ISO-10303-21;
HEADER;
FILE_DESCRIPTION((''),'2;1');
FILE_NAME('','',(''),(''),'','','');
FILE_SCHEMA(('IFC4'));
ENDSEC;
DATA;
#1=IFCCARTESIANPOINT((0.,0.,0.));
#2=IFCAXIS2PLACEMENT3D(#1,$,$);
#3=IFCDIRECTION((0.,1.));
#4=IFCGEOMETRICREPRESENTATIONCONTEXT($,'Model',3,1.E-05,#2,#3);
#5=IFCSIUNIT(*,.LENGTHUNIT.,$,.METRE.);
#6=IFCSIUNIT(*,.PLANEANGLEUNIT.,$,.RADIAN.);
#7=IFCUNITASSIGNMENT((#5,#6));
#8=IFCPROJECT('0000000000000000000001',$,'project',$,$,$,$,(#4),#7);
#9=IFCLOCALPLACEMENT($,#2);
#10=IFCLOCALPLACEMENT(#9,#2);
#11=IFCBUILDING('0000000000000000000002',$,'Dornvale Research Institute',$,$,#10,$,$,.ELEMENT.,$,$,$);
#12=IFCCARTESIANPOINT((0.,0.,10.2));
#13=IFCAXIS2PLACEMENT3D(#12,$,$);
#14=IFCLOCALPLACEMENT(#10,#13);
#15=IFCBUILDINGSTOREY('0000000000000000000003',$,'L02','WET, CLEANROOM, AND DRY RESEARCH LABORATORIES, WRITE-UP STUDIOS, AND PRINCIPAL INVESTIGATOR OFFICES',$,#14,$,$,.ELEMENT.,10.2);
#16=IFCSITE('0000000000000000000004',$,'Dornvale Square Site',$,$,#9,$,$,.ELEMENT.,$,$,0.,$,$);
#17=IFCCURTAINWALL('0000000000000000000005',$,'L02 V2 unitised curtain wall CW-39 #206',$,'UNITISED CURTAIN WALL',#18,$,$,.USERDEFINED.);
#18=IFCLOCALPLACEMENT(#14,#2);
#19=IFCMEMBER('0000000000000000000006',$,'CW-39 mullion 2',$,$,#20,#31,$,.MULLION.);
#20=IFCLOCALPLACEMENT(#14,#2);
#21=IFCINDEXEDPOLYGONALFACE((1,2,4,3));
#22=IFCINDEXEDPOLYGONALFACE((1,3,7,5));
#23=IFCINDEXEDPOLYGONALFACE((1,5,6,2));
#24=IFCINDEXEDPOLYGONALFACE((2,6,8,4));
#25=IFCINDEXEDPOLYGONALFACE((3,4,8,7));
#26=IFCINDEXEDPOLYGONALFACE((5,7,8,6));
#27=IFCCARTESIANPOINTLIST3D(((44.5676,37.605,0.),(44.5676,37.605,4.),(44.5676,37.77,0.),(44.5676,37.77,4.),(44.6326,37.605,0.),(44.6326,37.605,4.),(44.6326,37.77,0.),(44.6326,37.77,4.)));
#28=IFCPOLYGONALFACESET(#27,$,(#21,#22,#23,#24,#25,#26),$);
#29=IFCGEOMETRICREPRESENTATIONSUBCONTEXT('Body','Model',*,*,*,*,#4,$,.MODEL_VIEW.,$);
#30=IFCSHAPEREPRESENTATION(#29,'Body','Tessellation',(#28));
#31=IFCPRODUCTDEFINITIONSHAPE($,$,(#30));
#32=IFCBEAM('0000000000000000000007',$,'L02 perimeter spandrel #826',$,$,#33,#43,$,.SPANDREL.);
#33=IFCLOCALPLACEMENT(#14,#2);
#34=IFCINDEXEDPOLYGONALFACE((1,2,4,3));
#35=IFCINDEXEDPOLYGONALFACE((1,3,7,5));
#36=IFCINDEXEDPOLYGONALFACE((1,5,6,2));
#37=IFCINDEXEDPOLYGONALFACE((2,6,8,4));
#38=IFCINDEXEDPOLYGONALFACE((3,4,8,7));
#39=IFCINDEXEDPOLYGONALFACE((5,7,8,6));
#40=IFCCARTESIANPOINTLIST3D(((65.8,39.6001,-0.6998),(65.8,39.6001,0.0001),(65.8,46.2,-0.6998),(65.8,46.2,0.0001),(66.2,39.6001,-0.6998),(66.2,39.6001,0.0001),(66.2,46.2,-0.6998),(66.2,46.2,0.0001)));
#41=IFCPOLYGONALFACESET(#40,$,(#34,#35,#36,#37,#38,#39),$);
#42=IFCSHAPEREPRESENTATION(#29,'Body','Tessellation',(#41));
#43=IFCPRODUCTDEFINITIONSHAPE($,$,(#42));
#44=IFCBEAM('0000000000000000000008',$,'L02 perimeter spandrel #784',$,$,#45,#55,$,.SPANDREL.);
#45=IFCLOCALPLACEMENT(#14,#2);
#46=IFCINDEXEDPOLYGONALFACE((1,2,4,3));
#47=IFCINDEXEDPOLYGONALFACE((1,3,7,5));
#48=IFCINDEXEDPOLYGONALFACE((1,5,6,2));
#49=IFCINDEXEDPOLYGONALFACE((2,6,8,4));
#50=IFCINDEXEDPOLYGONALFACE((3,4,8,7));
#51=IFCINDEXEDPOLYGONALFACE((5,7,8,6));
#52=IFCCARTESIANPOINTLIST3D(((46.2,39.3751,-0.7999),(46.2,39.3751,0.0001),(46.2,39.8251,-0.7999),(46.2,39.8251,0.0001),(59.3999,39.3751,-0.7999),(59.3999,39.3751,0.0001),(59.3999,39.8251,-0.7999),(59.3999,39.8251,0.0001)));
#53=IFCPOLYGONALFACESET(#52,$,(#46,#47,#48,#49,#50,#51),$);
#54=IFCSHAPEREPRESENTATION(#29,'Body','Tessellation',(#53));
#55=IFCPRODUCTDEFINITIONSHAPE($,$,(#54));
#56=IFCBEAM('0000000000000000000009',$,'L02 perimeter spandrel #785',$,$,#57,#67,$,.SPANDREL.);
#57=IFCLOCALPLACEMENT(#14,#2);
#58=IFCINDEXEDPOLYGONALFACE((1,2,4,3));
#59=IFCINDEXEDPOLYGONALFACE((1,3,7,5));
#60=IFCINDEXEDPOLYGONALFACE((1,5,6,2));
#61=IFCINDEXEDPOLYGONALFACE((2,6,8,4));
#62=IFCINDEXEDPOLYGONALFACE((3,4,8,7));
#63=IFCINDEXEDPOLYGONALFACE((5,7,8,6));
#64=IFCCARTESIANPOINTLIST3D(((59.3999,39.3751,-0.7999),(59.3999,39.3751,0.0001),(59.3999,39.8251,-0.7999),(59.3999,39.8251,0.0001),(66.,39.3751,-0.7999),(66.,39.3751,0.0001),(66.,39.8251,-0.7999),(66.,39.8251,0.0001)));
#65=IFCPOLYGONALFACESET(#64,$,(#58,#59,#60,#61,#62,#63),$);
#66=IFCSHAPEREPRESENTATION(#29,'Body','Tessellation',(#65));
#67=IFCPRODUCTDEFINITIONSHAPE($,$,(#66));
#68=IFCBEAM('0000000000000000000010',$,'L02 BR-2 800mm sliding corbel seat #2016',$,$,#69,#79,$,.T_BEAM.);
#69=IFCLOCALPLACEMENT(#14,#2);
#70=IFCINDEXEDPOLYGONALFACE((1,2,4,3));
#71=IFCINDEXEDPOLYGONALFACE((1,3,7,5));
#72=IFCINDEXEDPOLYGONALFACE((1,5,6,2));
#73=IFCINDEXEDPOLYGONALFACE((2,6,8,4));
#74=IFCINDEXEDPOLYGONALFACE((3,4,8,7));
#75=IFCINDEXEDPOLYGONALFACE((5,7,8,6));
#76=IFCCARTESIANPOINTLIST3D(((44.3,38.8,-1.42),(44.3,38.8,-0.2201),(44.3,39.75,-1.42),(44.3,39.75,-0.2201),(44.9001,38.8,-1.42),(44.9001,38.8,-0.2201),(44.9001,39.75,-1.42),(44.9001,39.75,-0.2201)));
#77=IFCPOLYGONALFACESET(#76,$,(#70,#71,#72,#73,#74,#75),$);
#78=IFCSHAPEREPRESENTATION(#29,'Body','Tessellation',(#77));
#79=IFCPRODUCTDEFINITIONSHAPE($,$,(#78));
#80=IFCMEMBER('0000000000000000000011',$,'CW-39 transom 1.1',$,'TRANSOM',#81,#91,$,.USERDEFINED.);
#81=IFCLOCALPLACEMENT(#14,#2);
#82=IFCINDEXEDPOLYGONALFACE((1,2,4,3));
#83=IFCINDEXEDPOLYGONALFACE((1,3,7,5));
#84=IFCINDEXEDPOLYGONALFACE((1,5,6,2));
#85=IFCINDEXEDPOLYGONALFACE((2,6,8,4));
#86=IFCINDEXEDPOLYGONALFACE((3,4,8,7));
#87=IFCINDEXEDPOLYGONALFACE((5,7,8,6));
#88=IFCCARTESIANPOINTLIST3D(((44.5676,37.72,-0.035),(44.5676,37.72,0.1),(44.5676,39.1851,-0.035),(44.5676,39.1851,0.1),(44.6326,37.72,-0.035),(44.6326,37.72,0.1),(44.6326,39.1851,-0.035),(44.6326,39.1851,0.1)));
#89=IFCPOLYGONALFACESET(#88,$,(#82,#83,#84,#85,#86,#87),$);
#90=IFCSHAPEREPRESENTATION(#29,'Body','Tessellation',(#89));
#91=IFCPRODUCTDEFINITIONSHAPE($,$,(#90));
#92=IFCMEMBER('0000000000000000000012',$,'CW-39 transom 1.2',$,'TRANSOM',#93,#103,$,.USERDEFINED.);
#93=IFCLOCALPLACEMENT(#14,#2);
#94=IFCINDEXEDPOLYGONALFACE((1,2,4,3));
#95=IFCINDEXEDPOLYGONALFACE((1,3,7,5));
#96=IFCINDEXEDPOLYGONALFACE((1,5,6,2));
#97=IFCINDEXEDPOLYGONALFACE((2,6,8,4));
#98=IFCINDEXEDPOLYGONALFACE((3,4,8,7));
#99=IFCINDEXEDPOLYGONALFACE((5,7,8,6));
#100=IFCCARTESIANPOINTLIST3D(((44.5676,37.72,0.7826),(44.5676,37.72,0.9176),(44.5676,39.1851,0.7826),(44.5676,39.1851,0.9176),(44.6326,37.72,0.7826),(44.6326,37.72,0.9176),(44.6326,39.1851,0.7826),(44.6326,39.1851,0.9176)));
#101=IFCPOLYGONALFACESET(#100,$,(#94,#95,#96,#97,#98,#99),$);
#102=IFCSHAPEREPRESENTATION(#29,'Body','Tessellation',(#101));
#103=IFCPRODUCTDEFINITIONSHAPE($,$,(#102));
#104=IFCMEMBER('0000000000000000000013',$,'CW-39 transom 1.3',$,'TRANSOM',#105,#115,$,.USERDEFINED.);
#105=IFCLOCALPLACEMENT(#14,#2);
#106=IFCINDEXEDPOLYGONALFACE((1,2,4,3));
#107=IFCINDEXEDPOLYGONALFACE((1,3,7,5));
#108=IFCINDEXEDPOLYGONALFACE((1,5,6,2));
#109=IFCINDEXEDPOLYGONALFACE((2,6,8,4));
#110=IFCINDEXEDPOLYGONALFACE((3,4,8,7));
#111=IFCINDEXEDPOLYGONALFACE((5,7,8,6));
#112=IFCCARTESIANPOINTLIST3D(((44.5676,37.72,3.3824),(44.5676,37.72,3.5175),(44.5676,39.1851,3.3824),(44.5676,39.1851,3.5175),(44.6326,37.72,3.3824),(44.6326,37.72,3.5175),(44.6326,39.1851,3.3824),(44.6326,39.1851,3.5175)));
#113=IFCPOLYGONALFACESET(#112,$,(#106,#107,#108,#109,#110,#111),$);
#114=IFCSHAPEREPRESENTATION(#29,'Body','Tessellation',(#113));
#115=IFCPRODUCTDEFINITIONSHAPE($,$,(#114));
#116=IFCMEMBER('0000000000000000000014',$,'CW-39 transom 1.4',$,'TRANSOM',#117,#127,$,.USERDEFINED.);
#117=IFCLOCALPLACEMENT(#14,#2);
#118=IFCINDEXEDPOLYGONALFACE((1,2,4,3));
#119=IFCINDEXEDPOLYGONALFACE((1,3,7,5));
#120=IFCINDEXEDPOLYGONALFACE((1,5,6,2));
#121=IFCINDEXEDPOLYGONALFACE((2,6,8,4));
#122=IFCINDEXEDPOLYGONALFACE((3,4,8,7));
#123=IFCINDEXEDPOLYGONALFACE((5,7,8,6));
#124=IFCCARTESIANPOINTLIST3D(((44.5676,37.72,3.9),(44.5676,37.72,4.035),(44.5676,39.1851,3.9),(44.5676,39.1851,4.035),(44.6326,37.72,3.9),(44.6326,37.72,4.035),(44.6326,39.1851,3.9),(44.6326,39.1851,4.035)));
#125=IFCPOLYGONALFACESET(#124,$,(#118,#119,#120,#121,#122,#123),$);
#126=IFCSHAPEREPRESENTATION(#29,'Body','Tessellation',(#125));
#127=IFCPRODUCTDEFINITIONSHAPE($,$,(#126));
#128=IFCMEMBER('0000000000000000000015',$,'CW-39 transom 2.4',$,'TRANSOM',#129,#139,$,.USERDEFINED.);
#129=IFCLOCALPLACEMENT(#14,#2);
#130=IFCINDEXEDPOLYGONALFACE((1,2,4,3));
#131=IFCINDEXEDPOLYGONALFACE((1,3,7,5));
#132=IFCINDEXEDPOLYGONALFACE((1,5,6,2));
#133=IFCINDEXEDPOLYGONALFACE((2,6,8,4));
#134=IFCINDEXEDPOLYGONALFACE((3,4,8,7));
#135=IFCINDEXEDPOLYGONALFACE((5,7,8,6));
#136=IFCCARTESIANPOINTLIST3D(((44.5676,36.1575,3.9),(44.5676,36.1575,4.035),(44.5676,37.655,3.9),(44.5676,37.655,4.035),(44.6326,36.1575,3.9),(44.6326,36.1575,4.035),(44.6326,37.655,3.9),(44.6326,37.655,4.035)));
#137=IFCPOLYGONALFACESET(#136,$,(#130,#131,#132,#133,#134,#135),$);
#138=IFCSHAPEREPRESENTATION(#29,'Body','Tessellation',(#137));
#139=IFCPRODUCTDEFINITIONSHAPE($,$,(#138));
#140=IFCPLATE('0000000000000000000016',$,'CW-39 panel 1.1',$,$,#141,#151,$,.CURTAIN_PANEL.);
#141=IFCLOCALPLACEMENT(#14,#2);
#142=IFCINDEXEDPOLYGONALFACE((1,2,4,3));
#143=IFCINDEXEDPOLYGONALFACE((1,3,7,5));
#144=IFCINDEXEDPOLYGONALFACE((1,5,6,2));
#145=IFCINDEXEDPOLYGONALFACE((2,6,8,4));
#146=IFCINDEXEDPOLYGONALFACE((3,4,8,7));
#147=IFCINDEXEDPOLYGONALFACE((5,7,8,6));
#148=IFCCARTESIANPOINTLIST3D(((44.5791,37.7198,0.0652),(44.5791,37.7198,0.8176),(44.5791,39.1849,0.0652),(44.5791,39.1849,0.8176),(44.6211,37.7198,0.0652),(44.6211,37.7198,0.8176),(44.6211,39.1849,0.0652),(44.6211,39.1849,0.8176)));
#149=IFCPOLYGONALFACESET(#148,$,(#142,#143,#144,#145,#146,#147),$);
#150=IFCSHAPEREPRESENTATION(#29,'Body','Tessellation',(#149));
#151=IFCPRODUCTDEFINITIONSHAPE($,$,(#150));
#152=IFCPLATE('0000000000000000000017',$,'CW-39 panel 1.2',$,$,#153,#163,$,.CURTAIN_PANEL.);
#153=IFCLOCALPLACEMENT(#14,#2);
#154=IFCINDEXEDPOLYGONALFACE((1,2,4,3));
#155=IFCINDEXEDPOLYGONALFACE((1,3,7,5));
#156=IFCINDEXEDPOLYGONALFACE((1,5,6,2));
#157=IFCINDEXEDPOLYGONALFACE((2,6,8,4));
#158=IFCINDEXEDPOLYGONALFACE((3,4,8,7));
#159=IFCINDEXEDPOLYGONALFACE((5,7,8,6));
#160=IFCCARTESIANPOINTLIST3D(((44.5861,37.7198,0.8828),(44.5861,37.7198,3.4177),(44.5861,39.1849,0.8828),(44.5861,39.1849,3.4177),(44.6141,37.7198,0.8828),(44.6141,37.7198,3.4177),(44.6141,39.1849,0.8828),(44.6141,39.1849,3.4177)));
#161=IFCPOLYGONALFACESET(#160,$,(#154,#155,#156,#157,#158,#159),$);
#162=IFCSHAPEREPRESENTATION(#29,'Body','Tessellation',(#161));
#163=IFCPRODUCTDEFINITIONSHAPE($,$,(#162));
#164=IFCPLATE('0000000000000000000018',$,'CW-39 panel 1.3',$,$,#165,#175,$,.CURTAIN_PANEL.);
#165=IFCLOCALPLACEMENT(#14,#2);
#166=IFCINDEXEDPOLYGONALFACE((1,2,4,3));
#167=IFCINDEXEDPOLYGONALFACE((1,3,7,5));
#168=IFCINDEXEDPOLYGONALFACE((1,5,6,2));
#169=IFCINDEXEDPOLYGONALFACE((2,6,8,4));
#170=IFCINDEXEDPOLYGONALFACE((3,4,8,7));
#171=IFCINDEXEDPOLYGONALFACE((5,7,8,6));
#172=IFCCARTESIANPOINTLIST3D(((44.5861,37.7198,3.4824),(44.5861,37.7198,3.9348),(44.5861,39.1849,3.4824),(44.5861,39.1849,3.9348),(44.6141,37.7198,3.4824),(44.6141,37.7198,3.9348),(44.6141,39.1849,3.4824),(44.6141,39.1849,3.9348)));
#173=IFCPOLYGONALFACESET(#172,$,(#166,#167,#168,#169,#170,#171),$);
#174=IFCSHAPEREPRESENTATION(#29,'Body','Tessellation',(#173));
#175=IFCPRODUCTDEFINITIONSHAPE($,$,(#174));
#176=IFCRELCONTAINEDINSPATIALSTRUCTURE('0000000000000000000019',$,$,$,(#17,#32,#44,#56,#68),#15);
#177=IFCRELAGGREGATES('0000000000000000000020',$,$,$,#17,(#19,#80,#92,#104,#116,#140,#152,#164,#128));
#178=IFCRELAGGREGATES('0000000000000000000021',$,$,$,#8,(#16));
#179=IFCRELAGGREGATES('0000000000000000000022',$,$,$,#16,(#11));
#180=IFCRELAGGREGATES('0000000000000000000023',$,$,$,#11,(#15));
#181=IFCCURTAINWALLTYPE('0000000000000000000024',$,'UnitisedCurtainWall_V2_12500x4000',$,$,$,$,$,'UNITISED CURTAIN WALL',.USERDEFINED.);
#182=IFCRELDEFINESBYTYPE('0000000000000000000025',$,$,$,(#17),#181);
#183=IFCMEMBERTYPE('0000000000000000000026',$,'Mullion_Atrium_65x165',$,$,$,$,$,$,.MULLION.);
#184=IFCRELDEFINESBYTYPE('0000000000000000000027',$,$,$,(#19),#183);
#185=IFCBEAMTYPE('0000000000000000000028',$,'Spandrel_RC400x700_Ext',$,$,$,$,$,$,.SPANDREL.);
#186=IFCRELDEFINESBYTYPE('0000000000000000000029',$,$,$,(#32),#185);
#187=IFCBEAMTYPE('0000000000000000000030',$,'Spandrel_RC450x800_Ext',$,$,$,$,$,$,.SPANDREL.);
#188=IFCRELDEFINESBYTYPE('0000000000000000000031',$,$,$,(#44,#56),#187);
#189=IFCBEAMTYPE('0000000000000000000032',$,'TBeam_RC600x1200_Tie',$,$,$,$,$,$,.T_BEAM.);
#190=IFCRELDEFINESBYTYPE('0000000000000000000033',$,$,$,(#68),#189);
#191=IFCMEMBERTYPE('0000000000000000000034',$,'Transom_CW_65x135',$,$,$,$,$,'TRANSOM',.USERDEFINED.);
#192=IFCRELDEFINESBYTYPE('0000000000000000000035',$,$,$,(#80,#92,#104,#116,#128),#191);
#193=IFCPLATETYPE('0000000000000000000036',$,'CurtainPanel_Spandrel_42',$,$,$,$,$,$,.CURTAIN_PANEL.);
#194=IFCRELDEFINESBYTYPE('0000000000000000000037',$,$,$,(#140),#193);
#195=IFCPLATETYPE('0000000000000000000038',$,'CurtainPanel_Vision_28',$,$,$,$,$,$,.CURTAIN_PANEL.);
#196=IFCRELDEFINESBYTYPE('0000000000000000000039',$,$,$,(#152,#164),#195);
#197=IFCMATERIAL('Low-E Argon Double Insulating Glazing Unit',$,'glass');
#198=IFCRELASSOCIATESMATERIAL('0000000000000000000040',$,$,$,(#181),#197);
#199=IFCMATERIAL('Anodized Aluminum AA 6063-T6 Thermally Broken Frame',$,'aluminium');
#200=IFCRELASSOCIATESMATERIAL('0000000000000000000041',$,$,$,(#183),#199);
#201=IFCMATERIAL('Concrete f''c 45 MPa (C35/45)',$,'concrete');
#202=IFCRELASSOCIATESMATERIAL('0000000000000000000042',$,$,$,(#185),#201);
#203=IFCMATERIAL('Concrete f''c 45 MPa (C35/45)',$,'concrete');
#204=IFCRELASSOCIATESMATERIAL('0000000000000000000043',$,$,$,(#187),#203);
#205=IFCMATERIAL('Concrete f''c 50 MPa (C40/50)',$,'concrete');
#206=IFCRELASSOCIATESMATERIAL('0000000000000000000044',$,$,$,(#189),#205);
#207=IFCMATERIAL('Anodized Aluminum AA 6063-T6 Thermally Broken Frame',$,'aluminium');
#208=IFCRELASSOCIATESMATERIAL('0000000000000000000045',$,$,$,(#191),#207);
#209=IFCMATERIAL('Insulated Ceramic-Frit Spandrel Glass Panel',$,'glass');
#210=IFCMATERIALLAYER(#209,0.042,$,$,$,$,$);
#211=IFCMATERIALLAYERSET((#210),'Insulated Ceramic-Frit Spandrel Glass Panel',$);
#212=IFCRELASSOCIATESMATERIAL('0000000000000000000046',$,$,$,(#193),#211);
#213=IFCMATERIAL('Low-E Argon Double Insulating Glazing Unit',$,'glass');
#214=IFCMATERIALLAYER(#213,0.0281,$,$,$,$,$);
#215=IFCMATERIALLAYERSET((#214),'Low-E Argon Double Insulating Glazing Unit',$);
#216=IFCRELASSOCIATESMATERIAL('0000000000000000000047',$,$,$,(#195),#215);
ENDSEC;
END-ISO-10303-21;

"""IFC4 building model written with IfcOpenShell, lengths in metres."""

from ifc_helpers import new_model, si_unit, direction, frame, origin, origin_2d, place, context, subcontext, project, spatial, rectangle, extrude, material, layer, layer_set, material_profile, profile_set, type_object, element, aggregate, save


model = new_model("IFC4")

# Units and contexts
model_context = context("Model", 3, precision=1e-05, world=origin(), true_north=direction((0.0, 1.0)))
body_context = subcontext(model_context, "Body", "Model", "MODEL_VIEW")
ifc_project = project(units=[si_unit("LENGTHUNIT", "METRE"), si_unit("PLANEANGLEUNIT", "RADIAN")], contexts=[model_context])

# Site, building, storey
site_placement = place(None, origin())
site = spatial("IfcSite", under=ifc_project, at=site_placement, Name="Dornvale Square Site", CompositionType="ELEMENT", RefElevation=0.0)
building_placement = place(site_placement, origin())
building = spatial("IfcBuilding", under=site, at=building_placement, Name="Dornvale Research Institute", CompositionType="ELEMENT")
storey_placement = place(building_placement, frame((0.0, 0.0, 10.2)))
storey = spatial("IfcBuildingStorey", under=building, at=storey_placement, Name="L02", Description="WET, CLEANROOM, AND DRY RESEARCH LABORATORIES, WRITE-UP STUDIOS, AND PRINCIPAL INVESTIGATOR OFFICES", CompositionType="ELEMENT", Elevation=10.2)

# Curtain wall, member
ifc_material_1 = material(Name="Low-E Argon Double Insulating Glazing Unit", Category="glass")
curtain_wall_type = type_object("IfcCurtainWallType", Name="UnitisedCurtainWall_V2_12500x4000", ElementType="UNITISED CURTAIN WALL", PredefinedType="USERDEFINED", material=ifc_material_1)
curtain_wall_placement = place(storey_placement, origin())
curtain_wall = element("IfcCurtainWall", 1, at=curtain_wall_placement, inside=storey, type_object=curtain_wall_type, Name="L02 V2 unitised curtain wall CW-39 #206", ObjectType="UNITISED CURTAIN WALL", PredefinedType="USERDEFINED")
ifc_material_2 = material(Name="Anodized Aluminum AA 6063-T6 Thermally Broken Frame", Category="aluminium")
ifc_material_profile_1 = material_profile(ifc_material_2, rectangle(XDim=0.0649, YDim=0.165, at=origin_2d()), Name="ALU MULLION 65x165")
ifc_profile_set_1 = profile_set([ifc_material_profile_1], Name="Anodized Aluminum AA 6063-T6 Thermally Broken Frame")
member_type_1 = type_object("IfcMemberType", Name="Mullion_Atrium_65x165", PredefinedType="MULLION", material=ifc_profile_set_1)
member_1_placement = place(storey_placement, frame((44.6001, 37.6875, 0.0), z_axis=(0.0, 0.0, 1.0), x_axis=(1.0, 0.0, 0.0)))
member_1 = element("IfcMember", 2, at=member_1_placement, type_object=member_type_1, Name="CW-39 mullion 2", PredefinedType="MULLION", context=body_context, shape_type="SweptSolid", body=[
    extrude(rectangle(XDim=0.0649, YDim=0.165, at=origin_2d()), origin(), (0.0, 0.0, 1.0), 4.0),
])

# Beams
ifc_material_3 = material(Name="Concrete f'c 45 MPa (C35/45)", Category="concrete")
ifc_material_profile_2 = material_profile(ifc_material_3, rectangle(XDim=0.3999, YDim=0.7, at=origin_2d()), Name="RC 400x700")
ifc_profile_set_2 = profile_set([ifc_material_profile_2], Name="Concrete f'c 45 MPa (C35/45)")
beam_type_1 = type_object("IfcBeamType", Name="Spandrel_RC400x700_Ext", PredefinedType="SPANDREL", material=ifc_profile_set_2)
beam_1_placement = place(storey_placement, frame((66.0, 39.6001, -0.3499), z_axis=(0.0, 1.0, 0.0), x_axis=(-1.0, 0.0, 0.0)))
element("IfcBeam", 3, at=beam_1_placement, inside=storey, type_object=beam_type_1, Name="L02 perimeter spandrel #826", PredefinedType="SPANDREL", context=body_context, shape_type="SweptSolid", body=[
    extrude(rectangle(XDim=0.3999, YDim=0.7, at=origin_2d()), origin(), (0.0, 0.0, 1.0), 6.5999),
])
ifc_material_4 = material(Name="Concrete f'c 45 MPa (C35/45)", Category="concrete")
ifc_material_profile_3 = material_profile(ifc_material_4, rectangle(XDim=0.45, YDim=0.8, at=origin_2d()), Name="RC 450x800")
ifc_profile_set_3 = profile_set([ifc_material_profile_3], Name="Concrete f'c 45 MPa (C35/45)")
beam_type_2 = type_object("IfcBeamType", Name="Spandrel_RC450x800_Ext", PredefinedType="SPANDREL", material=ifc_profile_set_3)
beam_2_placement = place(storey_placement, frame((46.2, 39.6001, -0.3999), z_axis=(1.0, 0.0, 0.0), x_axis=(0.0, 1.0, 0.0)))
element("IfcBeam", 4, at=beam_2_placement, inside=storey, type_object=beam_type_2, Name="L02 perimeter spandrel #784", PredefinedType="SPANDREL", context=body_context, shape_type="SweptSolid", body=[
    extrude(rectangle(XDim=0.45, YDim=0.8, at=origin_2d()), origin(), (0.0, 0.0, 1.0), 13.2),
])
beam_3_placement = place(storey_placement, frame((59.3999, 39.6001, -0.3999), z_axis=(1.0, 0.0, 0.0), x_axis=(0.0, 1.0, 0.0)))
element("IfcBeam", 5, at=beam_3_placement, inside=storey, type_object=beam_type_2, Name="L02 perimeter spandrel #785", PredefinedType="SPANDREL", context=body_context, shape_type="SweptSolid", body=[
    extrude(rectangle(XDim=0.45, YDim=0.8, at=origin_2d()), origin(), (0.0, 0.0, 1.0), 6.6001),
])
ifc_material_5 = material(Name="Concrete f'c 50 MPa (C40/50)", Category="concrete")
ifc_material_profile_4 = material_profile(ifc_material_5, rectangle(XDim=0.6001, YDim=1.2, at=origin_2d()), Name="RC 600x1200")
ifc_profile_set_4 = profile_set([ifc_material_profile_4], Name="Concrete f'c 50 MPa (C40/50)")
beam_type_3 = type_object("IfcBeamType", Name="TBeam_RC600x1200_Tie", PredefinedType="T_BEAM", material=ifc_profile_set_4)
beam_4_placement = place(storey_placement, frame((44.6001, 38.8, -0.8201), z_axis=(0.0, 1.0, 0.0), x_axis=(-1.0, 0.0, 0.0)))
element("IfcBeam", 6, at=beam_4_placement, inside=storey, type_object=beam_type_3, Name="L02 BR-2 800mm sliding corbel seat #2016", PredefinedType="T_BEAM", context=body_context, shape_type="SweptSolid", body=[
    extrude(rectangle(XDim=0.6001, YDim=1.2, at=origin_2d()), origin(), (0.0, 0.0, 1.0), 0.95),
])

# Members
ifc_material_6 = material(Name="Anodized Aluminum AA 6063-T6 Thermally Broken Frame", Category="aluminium")
ifc_material_profile_5 = material_profile(ifc_material_6, rectangle(XDim=0.0649, YDim=0.135, at=origin_2d()), Name="ALU TRANSOM 65x135")
ifc_profile_set_5 = profile_set([ifc_material_profile_5], Name="Anodized Aluminum AA 6063-T6 Thermally Broken Frame")
member_type_2 = type_object("IfcMemberType", Name="Transom_CW_65x135", ElementType="TRANSOM", PredefinedType="USERDEFINED", material=ifc_profile_set_5)
member_2_placement = place(storey_placement, frame((44.6001, 39.1851, 0.0325), z_axis=(0.0, -1.0, 0.0), x_axis=(1.0, 0.0, 0.0)))
member_2 = element("IfcMember", 7, at=member_2_placement, type_object=member_type_2, Name="CW-39 transom 1.1", ObjectType="TRANSOM", PredefinedType="USERDEFINED", context=body_context, shape_type="SweptSolid", body=[
    extrude(rectangle(XDim=0.0649, YDim=0.135, at=origin_2d()), origin(), (0.0, 0.0, 1.0), 1.4651),
])
member_3_placement = place(storey_placement, frame((44.6001, 39.1851, 0.8501), z_axis=(0.0, -1.0, 0.0), x_axis=(1.0, 0.0, 0.0)))
member_3 = element("IfcMember", 8, at=member_3_placement, type_object=member_type_2, Name="CW-39 transom 1.2", ObjectType="TRANSOM", PredefinedType="USERDEFINED", context=body_context, shape_type="SweptSolid", body=[
    extrude(rectangle(XDim=0.0649, YDim=0.135, at=origin_2d()), origin(), (0.0, 0.0, 1.0), 1.4651),
])
member_4_placement = place(storey_placement, frame((44.6001, 39.1851, 3.45), z_axis=(0.0, -1.0, 0.0), x_axis=(1.0, 0.0, 0.0)))
member_4 = element("IfcMember", 9, at=member_4_placement, type_object=member_type_2, Name="CW-39 transom 1.3", ObjectType="TRANSOM", PredefinedType="USERDEFINED", context=body_context, shape_type="SweptSolid", body=[
    extrude(rectangle(XDim=0.0649, YDim=0.135, at=origin_2d()), origin(), (0.0, 0.0, 1.0), 1.4651),
])
member_5_placement = place(storey_placement, frame((44.6001, 39.1851, 3.9675), z_axis=(0.0, -1.0, 0.0), x_axis=(1.0, 0.0, 0.0)))
member_5 = element("IfcMember", 10, at=member_5_placement, type_object=member_type_2, Name="CW-39 transom 1.4", ObjectType="TRANSOM", PredefinedType="USERDEFINED", context=body_context, shape_type="SweptSolid", body=[
    extrude(rectangle(XDim=0.0649, YDim=0.135, at=origin_2d()), origin(), (0.0, 0.0, 1.0), 1.4651),
])
member_6_placement = place(storey_placement, frame((44.6001, 37.655, 3.9675), z_axis=(0.0, -1.0, 0.0), x_axis=(1.0, 0.0, 0.0)))
member_6 = element("IfcMember", 11, at=member_6_placement, type_object=member_type_2, Name="CW-39 transom 2.4", ObjectType="TRANSOM", PredefinedType="USERDEFINED", context=body_context, shape_type="SweptSolid", body=[
    extrude(rectangle(XDim=0.0649, YDim=0.135, at=origin_2d()), origin(), (0.0, 0.0, 1.0), 1.4976),
])

# Plates
ifc_material_7 = material(Name="Insulated Ceramic-Frit Spandrel Glass Panel", Category="glass")
ifc_layer_1 = layer(ifc_material_7, 0.042)
ifc_layer_set_1 = layer_set([ifc_layer_1], Name="Insulated Ceramic-Frit Spandrel Glass Panel")
plate_type_1 = type_object("IfcPlateType", Name="CurtainPanel_Spandrel_42", PredefinedType="CURTAIN_PANEL", material=ifc_layer_set_1)
plate_1_placement = place(storey_placement, frame((44.6001, 38.4524, 0.0652), z_axis=(0.0, 0.0, 1.0), x_axis=(0.0, -1.0, 0.0)))
plate_1 = element("IfcPlate", 12, at=plate_1_placement, type_object=plate_type_1, Name="CW-39 panel 1.1", PredefinedType="CURTAIN_PANEL", context=body_context, shape_type="SweptSolid", body=[
    extrude(rectangle(XDim=1.4651, YDim=0.042, at=origin_2d()), origin(), (0.0, 0.0, 1.0), 0.7524),
])
ifc_material_8 = material(Name="Low-E Argon Double Insulating Glazing Unit", Category="glass")
ifc_layer_2 = layer(ifc_material_8, 0.0281)
ifc_layer_set_2 = layer_set([ifc_layer_2], Name="Low-E Argon Double Insulating Glazing Unit")
plate_type_2 = type_object("IfcPlateType", Name="CurtainPanel_Vision_28", PredefinedType="CURTAIN_PANEL", material=ifc_layer_set_2)
plate_2_placement = place(storey_placement, frame((44.6001, 38.4524, 0.8828), z_axis=(0.0, 0.0, 1.0), x_axis=(0.0, -1.0, 0.0)))
plate_2 = element("IfcPlate", 13, at=plate_2_placement, type_object=plate_type_2, Name="CW-39 panel 1.2", PredefinedType="CURTAIN_PANEL", context=body_context, shape_type="SweptSolid", body=[
    extrude(rectangle(XDim=1.4651, YDim=0.0281, at=origin_2d()), origin(), (0.0, 0.0, 1.0), 2.5349),
])
plate_3_placement = place(storey_placement, frame((44.6001, 38.4524, 3.4824), z_axis=(0.0, 0.0, 1.0), x_axis=(0.0, -1.0, 0.0)))
plate_3 = element("IfcPlate", 14, at=plate_3_placement, type_object=plate_type_2, Name="CW-39 panel 1.3", PredefinedType="CURTAIN_PANEL", context=body_context, shape_type="SweptSolid", body=[
    extrude(rectangle(XDim=1.4651, YDim=0.0281, at=origin_2d()), origin(), (0.0, 0.0, 1.0), 0.4524),
])
aggregate(curtain_wall, [member_1, member_2, member_3, member_4, member_5, plate_1, plate_2, plate_3, member_6])

save(model, "model.ifc")
